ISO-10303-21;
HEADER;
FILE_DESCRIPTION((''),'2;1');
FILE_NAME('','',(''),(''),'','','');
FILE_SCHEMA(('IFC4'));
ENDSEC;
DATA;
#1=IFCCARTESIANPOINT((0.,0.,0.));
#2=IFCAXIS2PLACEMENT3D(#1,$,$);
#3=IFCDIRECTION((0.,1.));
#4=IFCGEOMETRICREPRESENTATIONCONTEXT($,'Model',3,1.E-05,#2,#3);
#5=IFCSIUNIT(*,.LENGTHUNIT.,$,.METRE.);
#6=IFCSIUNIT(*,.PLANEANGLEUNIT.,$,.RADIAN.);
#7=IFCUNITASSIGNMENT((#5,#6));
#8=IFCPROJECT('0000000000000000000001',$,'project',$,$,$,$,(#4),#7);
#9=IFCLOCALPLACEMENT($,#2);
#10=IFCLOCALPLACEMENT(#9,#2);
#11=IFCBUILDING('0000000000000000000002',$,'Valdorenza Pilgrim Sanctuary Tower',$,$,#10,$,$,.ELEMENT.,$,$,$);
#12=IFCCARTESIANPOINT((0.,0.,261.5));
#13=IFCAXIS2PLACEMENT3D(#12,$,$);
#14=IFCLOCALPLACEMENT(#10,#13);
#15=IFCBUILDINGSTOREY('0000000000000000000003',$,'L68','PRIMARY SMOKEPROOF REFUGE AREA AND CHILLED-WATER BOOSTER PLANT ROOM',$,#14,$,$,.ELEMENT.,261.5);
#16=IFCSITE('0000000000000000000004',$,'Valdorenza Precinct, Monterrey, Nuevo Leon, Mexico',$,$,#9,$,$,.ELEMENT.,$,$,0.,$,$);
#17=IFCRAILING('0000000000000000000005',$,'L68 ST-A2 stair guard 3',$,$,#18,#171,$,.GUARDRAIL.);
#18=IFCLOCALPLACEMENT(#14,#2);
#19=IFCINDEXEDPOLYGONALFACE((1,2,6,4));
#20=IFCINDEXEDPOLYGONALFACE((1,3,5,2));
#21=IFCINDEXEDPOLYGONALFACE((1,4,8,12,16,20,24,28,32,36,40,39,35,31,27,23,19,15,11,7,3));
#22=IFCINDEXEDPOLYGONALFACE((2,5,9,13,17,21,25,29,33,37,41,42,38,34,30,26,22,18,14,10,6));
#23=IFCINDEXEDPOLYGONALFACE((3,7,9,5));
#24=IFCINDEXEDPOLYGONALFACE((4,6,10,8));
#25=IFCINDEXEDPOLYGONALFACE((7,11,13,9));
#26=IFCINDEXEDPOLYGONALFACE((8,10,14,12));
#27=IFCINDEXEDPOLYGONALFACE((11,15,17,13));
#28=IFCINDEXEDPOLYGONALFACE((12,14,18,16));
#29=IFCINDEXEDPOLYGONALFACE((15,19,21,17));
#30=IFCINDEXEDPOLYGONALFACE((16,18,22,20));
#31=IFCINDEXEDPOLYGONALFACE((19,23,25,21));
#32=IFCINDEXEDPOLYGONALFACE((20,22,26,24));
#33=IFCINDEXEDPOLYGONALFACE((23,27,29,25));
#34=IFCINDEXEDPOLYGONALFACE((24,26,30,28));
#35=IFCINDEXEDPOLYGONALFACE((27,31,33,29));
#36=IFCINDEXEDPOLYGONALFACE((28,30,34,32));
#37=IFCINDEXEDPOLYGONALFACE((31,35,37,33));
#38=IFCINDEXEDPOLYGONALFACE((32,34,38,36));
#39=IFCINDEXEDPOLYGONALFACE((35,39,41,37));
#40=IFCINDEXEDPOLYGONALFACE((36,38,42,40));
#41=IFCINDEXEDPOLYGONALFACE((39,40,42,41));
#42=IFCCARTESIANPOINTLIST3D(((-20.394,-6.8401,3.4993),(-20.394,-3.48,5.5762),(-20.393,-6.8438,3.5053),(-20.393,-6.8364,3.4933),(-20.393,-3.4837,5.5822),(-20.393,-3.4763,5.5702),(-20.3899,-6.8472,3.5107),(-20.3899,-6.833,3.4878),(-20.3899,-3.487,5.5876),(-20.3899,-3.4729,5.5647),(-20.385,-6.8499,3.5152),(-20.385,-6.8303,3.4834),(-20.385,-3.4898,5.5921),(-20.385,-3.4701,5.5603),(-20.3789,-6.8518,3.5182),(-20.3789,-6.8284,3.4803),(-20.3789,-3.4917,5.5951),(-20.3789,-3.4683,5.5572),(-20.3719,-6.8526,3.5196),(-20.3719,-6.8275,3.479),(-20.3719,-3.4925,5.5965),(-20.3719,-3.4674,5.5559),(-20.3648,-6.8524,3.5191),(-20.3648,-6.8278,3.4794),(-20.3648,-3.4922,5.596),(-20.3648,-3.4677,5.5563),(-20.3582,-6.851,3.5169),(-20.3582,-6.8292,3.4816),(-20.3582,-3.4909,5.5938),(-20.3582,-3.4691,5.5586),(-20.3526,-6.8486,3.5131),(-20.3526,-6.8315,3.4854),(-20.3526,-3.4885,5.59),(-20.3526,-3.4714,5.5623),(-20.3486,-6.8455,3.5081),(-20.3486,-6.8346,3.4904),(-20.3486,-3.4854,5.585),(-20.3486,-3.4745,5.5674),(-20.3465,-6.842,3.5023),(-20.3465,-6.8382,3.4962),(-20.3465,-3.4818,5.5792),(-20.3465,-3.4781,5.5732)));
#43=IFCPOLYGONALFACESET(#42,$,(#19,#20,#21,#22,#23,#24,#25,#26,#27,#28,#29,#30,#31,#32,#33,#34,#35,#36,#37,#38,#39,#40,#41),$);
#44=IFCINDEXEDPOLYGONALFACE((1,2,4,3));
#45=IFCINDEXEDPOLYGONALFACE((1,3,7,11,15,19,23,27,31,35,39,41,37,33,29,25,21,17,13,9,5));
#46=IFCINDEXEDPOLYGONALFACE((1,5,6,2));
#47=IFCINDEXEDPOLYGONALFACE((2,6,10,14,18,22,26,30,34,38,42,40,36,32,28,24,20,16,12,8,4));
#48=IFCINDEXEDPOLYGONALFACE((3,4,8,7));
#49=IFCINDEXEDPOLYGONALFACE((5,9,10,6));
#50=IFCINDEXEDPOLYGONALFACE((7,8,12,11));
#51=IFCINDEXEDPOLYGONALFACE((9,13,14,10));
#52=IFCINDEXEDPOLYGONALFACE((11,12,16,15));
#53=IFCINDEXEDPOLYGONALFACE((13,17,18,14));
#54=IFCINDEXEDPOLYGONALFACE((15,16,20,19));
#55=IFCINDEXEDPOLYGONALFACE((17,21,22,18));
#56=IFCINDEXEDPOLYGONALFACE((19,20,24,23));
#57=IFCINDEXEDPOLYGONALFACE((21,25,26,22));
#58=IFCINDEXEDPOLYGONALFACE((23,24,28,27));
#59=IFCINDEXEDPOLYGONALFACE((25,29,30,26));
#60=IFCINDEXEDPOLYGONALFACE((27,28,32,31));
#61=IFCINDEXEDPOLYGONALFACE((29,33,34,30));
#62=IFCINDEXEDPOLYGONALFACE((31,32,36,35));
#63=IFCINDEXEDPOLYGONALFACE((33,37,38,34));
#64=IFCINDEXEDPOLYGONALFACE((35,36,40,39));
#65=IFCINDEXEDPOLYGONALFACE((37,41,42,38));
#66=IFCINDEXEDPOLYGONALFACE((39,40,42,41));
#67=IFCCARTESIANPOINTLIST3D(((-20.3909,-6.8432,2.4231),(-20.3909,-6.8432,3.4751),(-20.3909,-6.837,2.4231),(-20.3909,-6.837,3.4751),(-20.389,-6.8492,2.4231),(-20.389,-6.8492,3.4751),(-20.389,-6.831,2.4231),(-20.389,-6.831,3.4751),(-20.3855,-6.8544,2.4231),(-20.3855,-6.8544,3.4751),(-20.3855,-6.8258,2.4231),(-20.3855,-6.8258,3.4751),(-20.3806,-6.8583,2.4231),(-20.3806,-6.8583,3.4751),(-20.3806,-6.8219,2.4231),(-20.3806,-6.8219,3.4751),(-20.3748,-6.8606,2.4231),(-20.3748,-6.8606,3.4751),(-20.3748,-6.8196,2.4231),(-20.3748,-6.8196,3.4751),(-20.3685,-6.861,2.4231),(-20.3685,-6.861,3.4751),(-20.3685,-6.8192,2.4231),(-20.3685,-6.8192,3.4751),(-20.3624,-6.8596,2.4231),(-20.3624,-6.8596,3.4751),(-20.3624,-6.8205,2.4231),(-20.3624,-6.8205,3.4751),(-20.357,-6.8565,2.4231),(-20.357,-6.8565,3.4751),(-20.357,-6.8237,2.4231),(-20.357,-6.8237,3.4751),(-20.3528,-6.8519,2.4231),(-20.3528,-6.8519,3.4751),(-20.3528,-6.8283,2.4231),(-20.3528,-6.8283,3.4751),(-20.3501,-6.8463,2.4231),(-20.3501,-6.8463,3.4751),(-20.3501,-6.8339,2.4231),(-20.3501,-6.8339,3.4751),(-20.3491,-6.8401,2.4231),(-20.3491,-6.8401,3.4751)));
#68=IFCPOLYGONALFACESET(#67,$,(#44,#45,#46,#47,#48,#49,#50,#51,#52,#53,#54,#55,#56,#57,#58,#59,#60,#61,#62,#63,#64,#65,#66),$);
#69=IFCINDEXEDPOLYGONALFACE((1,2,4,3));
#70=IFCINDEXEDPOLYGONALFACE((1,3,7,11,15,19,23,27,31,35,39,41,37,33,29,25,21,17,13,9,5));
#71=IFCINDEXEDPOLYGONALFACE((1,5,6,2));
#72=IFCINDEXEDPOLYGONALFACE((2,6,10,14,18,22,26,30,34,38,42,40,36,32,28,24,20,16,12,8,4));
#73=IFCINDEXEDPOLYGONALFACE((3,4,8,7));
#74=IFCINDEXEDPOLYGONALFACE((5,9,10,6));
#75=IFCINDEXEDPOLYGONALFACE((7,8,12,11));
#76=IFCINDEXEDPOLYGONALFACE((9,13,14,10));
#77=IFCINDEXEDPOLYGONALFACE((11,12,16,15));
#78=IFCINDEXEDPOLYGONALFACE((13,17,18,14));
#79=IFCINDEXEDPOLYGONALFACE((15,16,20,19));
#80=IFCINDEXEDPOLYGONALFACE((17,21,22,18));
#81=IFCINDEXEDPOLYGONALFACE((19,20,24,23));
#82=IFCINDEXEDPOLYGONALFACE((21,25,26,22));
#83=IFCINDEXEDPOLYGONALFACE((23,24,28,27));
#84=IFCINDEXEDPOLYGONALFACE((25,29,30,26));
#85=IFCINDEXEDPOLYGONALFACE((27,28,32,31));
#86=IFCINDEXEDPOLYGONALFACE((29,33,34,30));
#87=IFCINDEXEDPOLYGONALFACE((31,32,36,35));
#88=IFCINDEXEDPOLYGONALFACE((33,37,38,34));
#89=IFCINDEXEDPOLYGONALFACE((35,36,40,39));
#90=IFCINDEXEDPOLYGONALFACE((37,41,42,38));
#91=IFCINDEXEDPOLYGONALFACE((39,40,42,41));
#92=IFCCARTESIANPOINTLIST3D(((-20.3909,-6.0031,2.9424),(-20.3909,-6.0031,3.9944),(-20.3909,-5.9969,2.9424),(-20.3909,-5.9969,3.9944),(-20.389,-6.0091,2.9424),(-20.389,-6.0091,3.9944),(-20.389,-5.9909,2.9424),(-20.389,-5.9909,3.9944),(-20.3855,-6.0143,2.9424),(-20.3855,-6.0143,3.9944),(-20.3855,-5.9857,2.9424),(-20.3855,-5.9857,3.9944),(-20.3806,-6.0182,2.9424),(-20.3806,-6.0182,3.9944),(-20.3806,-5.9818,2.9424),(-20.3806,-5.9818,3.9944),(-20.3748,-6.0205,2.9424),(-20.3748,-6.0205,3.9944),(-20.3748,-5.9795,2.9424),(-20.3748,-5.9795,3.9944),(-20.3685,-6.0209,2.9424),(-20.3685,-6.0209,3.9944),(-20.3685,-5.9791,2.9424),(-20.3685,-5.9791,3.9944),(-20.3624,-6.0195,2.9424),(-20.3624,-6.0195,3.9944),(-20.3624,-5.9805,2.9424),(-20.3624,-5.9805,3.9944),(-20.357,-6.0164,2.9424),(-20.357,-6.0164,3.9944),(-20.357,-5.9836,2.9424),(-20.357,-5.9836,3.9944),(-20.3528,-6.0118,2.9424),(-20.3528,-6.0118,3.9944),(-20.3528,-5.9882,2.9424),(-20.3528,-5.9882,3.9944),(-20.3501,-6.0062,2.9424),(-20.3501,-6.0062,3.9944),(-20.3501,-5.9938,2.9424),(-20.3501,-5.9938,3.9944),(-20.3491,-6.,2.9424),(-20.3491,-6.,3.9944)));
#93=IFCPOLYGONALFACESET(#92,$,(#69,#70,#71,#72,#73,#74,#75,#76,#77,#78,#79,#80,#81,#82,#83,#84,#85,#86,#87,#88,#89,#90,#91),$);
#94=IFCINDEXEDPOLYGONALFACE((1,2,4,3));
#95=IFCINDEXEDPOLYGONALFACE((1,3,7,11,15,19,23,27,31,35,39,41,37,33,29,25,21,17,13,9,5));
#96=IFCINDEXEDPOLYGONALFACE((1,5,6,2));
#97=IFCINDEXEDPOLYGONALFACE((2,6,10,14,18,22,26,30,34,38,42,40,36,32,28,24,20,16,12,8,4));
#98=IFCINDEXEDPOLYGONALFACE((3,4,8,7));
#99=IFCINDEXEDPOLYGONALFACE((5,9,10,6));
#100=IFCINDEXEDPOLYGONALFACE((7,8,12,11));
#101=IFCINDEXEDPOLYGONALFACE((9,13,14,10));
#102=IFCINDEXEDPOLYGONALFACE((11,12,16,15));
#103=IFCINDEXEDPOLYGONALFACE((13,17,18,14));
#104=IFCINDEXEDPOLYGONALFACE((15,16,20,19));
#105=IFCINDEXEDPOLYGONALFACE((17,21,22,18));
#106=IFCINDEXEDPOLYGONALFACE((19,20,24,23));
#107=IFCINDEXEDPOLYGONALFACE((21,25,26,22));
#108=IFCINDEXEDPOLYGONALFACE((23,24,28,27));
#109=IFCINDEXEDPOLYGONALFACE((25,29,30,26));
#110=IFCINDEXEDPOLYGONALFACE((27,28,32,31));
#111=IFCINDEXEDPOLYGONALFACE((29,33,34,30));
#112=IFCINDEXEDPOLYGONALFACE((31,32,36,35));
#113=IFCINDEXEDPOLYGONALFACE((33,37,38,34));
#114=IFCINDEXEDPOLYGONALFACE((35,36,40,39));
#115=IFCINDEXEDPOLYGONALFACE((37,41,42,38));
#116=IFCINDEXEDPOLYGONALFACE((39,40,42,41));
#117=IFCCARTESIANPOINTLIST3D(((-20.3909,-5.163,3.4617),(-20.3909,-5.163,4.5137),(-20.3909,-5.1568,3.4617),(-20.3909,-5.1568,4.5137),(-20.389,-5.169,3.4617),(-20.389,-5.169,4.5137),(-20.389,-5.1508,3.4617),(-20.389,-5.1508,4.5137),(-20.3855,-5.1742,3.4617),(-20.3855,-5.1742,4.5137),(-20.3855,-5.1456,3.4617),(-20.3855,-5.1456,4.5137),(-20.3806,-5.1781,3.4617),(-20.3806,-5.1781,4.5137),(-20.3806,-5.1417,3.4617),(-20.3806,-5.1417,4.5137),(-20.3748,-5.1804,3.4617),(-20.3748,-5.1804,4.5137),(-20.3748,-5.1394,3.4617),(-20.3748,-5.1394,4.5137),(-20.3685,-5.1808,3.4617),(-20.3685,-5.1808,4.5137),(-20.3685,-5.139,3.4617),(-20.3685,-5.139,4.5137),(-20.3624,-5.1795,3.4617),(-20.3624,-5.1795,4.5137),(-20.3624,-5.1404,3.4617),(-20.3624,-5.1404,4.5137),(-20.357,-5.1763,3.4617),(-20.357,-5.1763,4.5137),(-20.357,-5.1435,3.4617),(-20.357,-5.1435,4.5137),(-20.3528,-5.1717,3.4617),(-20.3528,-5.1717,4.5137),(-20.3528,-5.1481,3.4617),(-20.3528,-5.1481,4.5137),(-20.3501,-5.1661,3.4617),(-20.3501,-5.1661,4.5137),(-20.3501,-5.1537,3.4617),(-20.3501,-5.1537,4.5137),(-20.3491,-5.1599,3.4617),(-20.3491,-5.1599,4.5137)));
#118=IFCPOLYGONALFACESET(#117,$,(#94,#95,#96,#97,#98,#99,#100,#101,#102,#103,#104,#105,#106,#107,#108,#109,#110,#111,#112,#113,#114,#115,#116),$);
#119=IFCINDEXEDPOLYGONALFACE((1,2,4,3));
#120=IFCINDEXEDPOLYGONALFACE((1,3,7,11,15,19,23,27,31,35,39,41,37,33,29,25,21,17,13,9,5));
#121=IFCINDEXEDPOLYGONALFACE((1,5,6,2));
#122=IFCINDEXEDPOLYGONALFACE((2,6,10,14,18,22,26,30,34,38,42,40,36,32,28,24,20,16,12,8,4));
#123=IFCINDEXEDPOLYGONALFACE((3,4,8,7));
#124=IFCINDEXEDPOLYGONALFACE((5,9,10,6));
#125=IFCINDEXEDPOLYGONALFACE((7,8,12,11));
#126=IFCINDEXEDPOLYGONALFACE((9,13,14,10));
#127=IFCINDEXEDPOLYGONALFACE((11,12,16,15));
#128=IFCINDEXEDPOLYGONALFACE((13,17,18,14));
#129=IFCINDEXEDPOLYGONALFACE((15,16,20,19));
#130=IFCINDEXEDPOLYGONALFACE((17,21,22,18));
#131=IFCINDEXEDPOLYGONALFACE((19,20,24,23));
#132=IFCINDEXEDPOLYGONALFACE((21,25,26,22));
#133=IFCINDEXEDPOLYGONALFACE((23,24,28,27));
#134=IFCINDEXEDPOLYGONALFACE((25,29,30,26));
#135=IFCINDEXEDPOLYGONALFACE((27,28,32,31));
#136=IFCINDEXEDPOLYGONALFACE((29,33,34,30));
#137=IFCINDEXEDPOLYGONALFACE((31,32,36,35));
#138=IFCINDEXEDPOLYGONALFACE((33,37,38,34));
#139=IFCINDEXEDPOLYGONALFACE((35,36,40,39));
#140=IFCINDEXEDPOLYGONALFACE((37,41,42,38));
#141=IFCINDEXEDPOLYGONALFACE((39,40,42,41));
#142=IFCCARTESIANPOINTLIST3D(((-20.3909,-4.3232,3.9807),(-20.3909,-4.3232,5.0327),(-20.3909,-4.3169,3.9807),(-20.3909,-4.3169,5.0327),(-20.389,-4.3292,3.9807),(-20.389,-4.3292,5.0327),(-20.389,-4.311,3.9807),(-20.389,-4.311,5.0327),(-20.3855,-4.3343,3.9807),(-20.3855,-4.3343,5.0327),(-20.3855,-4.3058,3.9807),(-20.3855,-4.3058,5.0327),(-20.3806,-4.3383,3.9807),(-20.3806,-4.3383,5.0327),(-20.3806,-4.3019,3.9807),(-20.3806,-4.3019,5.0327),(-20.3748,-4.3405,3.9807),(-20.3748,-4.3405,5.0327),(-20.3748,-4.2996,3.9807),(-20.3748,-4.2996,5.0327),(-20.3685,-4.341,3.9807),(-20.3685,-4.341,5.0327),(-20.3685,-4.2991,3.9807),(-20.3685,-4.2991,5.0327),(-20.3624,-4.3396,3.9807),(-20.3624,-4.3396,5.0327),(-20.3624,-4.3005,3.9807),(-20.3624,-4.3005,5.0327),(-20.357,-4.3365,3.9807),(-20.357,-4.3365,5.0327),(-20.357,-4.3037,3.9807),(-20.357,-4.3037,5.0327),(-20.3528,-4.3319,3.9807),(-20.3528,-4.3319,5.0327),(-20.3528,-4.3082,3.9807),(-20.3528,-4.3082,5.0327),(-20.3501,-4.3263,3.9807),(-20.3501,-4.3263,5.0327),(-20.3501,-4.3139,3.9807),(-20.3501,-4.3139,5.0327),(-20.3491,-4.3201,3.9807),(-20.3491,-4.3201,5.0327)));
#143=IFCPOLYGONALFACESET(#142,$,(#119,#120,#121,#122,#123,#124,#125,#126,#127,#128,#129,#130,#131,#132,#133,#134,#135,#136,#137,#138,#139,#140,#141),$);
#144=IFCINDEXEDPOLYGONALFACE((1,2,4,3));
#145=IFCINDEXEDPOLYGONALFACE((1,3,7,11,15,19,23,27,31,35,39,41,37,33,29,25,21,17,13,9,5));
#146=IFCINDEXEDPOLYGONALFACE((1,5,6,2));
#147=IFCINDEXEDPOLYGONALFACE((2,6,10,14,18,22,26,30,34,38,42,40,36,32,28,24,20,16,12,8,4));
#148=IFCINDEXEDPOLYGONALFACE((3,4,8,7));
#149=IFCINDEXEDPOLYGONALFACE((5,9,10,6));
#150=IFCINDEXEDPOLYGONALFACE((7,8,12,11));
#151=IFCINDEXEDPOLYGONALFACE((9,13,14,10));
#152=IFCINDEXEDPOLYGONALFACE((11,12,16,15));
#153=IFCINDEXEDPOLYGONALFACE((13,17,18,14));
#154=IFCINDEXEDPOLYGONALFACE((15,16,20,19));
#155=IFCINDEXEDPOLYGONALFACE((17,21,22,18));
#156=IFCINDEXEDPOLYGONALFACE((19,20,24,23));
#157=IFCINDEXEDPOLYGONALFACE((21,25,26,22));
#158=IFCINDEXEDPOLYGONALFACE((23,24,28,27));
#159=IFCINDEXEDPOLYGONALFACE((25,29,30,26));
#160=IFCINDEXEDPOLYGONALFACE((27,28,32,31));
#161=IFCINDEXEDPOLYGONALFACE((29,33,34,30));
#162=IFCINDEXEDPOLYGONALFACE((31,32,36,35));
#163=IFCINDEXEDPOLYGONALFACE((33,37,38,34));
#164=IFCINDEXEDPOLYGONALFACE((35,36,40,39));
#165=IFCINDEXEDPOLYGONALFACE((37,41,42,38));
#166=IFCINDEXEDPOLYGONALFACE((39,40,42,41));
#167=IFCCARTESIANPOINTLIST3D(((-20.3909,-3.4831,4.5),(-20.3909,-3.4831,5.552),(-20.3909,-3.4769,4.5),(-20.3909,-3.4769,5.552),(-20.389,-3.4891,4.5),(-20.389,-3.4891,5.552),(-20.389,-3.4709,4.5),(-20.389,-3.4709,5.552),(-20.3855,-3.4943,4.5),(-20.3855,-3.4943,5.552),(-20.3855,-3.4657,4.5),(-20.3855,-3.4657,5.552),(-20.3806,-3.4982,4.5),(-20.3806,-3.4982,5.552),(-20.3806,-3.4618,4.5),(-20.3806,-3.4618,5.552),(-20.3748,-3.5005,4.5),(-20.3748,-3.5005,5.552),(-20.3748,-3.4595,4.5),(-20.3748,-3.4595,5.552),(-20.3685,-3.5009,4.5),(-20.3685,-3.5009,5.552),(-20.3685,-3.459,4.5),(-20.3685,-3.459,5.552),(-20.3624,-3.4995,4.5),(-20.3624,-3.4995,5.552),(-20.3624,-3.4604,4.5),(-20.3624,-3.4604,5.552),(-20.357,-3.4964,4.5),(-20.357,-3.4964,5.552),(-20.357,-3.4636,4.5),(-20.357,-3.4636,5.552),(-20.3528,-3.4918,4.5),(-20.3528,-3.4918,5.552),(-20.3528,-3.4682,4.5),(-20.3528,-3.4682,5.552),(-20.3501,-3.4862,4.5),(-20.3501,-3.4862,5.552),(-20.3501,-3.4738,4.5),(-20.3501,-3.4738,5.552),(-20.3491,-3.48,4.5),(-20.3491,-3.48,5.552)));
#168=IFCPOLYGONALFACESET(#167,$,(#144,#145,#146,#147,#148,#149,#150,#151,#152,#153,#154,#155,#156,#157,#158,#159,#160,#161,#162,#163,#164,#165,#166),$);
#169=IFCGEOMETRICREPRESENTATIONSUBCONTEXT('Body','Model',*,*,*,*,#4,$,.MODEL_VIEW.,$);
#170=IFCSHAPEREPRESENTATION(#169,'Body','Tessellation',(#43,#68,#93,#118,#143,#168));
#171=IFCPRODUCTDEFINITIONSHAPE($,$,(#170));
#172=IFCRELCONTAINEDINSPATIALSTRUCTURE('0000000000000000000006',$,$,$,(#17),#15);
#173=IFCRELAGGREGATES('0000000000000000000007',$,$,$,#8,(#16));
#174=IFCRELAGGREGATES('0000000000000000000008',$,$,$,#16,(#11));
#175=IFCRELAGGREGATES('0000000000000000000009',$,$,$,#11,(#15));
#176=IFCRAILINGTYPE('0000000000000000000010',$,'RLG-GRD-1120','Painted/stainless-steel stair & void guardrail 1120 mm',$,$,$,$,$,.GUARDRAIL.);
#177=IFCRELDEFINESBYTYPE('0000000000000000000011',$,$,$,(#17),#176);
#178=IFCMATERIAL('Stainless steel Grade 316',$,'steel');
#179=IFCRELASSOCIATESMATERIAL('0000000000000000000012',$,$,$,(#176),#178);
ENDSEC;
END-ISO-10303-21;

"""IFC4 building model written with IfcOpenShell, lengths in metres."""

from ifc_helpers import new_model, si_unit, direction, frame, origin, origin_2d, place, context, subcontext, project, spatial, circle, extrude, material, type_object, element, save


model = new_model("IFC4")

# Units and contexts
model_context = context("Model", 3, precision=1e-05, world=origin(), true_north=direction((0.0, 1.0)))
body_context = subcontext(model_context, "Body", "Model", "MODEL_VIEW")
ifc_project = project(units=[si_unit("LENGTHUNIT", "METRE"), si_unit("PLANEANGLEUNIT", "RADIAN")], contexts=[model_context])

# Site, building, storey
site_placement = place(None, origin())
site = spatial("IfcSite", under=ifc_project, at=site_placement, Name="Valdorenza Precinct, Monterrey, Nuevo Leon, Mexico", CompositionType="ELEMENT", RefElevation=0.0)
building_placement = place(site_placement, origin())
building = spatial("IfcBuilding", under=site, at=building_placement, Name="Valdorenza Pilgrim Sanctuary Tower", CompositionType="ELEMENT")
storey_placement = place(building_placement, frame((0.0, 0.0, 261.5)))
storey = spatial("IfcBuildingStorey", under=building, at=storey_placement, Name="L68", Description="PRIMARY SMOKEPROOF REFUGE AREA AND CHILLED-WATER BOOSTER PLANT ROOM", CompositionType="ELEMENT", Elevation=261.5)

# Railing
ifc_material_1 = material(Name="Stainless steel Grade 316", Category="steel")
railing_type = type_object("IfcRailingType", Name="RLG-GRD-1120", Description="Painted/stainless-steel stair & void guardrail 1120 mm", PredefinedType="GUARDRAIL", material=ifc_material_1)
railing_1_placement = place(storey_placement, frame((-20.3701, -6.8401, 2.4231)))
element("IfcRailing", 1, at=railing_1_placement, inside=storey, type_object=railing_type, Name="L68 ST-A2 stair guard 3", PredefinedType="GUARDRAIL", context=body_context, shape_type="SweptSolid", body=[
    extrude(circle(Radius=0.0239, at=origin_2d()), frame((0.0, 0.0, 1.0762), z_axis=(0.0, 0.850623, 0.525776), x_axis=(-1.0, 0.0, 0.0)), (0.0, 0.0, 1.0), 3.9502),
    extrude(circle(Radius=0.021, at=origin_2d()), origin(), (0.0, 0.0, 1.0), 1.052),
    extrude(circle(Radius=0.021, at=origin_2d()), frame((0.0, 0.8401, 0.5193)), (0.0, 0.0, 1.0), 1.052),
    extrude(circle(Radius=0.021, at=origin_2d()), frame((0.0, 1.6802, 1.0386)), (0.0, 0.0, 1.0), 1.052),
    extrude(circle(Radius=0.021, at=origin_2d()), frame((0.0, 2.52, 1.5576)), (0.0, 0.0, 1.0), 1.052),
    extrude(circle(Radius=0.021, at=origin_2d()), frame((0.0, 3.3601, 2.0769)), (0.0, 0.0, 1.0), 1.052),
])

save(model, "model.ifc")
